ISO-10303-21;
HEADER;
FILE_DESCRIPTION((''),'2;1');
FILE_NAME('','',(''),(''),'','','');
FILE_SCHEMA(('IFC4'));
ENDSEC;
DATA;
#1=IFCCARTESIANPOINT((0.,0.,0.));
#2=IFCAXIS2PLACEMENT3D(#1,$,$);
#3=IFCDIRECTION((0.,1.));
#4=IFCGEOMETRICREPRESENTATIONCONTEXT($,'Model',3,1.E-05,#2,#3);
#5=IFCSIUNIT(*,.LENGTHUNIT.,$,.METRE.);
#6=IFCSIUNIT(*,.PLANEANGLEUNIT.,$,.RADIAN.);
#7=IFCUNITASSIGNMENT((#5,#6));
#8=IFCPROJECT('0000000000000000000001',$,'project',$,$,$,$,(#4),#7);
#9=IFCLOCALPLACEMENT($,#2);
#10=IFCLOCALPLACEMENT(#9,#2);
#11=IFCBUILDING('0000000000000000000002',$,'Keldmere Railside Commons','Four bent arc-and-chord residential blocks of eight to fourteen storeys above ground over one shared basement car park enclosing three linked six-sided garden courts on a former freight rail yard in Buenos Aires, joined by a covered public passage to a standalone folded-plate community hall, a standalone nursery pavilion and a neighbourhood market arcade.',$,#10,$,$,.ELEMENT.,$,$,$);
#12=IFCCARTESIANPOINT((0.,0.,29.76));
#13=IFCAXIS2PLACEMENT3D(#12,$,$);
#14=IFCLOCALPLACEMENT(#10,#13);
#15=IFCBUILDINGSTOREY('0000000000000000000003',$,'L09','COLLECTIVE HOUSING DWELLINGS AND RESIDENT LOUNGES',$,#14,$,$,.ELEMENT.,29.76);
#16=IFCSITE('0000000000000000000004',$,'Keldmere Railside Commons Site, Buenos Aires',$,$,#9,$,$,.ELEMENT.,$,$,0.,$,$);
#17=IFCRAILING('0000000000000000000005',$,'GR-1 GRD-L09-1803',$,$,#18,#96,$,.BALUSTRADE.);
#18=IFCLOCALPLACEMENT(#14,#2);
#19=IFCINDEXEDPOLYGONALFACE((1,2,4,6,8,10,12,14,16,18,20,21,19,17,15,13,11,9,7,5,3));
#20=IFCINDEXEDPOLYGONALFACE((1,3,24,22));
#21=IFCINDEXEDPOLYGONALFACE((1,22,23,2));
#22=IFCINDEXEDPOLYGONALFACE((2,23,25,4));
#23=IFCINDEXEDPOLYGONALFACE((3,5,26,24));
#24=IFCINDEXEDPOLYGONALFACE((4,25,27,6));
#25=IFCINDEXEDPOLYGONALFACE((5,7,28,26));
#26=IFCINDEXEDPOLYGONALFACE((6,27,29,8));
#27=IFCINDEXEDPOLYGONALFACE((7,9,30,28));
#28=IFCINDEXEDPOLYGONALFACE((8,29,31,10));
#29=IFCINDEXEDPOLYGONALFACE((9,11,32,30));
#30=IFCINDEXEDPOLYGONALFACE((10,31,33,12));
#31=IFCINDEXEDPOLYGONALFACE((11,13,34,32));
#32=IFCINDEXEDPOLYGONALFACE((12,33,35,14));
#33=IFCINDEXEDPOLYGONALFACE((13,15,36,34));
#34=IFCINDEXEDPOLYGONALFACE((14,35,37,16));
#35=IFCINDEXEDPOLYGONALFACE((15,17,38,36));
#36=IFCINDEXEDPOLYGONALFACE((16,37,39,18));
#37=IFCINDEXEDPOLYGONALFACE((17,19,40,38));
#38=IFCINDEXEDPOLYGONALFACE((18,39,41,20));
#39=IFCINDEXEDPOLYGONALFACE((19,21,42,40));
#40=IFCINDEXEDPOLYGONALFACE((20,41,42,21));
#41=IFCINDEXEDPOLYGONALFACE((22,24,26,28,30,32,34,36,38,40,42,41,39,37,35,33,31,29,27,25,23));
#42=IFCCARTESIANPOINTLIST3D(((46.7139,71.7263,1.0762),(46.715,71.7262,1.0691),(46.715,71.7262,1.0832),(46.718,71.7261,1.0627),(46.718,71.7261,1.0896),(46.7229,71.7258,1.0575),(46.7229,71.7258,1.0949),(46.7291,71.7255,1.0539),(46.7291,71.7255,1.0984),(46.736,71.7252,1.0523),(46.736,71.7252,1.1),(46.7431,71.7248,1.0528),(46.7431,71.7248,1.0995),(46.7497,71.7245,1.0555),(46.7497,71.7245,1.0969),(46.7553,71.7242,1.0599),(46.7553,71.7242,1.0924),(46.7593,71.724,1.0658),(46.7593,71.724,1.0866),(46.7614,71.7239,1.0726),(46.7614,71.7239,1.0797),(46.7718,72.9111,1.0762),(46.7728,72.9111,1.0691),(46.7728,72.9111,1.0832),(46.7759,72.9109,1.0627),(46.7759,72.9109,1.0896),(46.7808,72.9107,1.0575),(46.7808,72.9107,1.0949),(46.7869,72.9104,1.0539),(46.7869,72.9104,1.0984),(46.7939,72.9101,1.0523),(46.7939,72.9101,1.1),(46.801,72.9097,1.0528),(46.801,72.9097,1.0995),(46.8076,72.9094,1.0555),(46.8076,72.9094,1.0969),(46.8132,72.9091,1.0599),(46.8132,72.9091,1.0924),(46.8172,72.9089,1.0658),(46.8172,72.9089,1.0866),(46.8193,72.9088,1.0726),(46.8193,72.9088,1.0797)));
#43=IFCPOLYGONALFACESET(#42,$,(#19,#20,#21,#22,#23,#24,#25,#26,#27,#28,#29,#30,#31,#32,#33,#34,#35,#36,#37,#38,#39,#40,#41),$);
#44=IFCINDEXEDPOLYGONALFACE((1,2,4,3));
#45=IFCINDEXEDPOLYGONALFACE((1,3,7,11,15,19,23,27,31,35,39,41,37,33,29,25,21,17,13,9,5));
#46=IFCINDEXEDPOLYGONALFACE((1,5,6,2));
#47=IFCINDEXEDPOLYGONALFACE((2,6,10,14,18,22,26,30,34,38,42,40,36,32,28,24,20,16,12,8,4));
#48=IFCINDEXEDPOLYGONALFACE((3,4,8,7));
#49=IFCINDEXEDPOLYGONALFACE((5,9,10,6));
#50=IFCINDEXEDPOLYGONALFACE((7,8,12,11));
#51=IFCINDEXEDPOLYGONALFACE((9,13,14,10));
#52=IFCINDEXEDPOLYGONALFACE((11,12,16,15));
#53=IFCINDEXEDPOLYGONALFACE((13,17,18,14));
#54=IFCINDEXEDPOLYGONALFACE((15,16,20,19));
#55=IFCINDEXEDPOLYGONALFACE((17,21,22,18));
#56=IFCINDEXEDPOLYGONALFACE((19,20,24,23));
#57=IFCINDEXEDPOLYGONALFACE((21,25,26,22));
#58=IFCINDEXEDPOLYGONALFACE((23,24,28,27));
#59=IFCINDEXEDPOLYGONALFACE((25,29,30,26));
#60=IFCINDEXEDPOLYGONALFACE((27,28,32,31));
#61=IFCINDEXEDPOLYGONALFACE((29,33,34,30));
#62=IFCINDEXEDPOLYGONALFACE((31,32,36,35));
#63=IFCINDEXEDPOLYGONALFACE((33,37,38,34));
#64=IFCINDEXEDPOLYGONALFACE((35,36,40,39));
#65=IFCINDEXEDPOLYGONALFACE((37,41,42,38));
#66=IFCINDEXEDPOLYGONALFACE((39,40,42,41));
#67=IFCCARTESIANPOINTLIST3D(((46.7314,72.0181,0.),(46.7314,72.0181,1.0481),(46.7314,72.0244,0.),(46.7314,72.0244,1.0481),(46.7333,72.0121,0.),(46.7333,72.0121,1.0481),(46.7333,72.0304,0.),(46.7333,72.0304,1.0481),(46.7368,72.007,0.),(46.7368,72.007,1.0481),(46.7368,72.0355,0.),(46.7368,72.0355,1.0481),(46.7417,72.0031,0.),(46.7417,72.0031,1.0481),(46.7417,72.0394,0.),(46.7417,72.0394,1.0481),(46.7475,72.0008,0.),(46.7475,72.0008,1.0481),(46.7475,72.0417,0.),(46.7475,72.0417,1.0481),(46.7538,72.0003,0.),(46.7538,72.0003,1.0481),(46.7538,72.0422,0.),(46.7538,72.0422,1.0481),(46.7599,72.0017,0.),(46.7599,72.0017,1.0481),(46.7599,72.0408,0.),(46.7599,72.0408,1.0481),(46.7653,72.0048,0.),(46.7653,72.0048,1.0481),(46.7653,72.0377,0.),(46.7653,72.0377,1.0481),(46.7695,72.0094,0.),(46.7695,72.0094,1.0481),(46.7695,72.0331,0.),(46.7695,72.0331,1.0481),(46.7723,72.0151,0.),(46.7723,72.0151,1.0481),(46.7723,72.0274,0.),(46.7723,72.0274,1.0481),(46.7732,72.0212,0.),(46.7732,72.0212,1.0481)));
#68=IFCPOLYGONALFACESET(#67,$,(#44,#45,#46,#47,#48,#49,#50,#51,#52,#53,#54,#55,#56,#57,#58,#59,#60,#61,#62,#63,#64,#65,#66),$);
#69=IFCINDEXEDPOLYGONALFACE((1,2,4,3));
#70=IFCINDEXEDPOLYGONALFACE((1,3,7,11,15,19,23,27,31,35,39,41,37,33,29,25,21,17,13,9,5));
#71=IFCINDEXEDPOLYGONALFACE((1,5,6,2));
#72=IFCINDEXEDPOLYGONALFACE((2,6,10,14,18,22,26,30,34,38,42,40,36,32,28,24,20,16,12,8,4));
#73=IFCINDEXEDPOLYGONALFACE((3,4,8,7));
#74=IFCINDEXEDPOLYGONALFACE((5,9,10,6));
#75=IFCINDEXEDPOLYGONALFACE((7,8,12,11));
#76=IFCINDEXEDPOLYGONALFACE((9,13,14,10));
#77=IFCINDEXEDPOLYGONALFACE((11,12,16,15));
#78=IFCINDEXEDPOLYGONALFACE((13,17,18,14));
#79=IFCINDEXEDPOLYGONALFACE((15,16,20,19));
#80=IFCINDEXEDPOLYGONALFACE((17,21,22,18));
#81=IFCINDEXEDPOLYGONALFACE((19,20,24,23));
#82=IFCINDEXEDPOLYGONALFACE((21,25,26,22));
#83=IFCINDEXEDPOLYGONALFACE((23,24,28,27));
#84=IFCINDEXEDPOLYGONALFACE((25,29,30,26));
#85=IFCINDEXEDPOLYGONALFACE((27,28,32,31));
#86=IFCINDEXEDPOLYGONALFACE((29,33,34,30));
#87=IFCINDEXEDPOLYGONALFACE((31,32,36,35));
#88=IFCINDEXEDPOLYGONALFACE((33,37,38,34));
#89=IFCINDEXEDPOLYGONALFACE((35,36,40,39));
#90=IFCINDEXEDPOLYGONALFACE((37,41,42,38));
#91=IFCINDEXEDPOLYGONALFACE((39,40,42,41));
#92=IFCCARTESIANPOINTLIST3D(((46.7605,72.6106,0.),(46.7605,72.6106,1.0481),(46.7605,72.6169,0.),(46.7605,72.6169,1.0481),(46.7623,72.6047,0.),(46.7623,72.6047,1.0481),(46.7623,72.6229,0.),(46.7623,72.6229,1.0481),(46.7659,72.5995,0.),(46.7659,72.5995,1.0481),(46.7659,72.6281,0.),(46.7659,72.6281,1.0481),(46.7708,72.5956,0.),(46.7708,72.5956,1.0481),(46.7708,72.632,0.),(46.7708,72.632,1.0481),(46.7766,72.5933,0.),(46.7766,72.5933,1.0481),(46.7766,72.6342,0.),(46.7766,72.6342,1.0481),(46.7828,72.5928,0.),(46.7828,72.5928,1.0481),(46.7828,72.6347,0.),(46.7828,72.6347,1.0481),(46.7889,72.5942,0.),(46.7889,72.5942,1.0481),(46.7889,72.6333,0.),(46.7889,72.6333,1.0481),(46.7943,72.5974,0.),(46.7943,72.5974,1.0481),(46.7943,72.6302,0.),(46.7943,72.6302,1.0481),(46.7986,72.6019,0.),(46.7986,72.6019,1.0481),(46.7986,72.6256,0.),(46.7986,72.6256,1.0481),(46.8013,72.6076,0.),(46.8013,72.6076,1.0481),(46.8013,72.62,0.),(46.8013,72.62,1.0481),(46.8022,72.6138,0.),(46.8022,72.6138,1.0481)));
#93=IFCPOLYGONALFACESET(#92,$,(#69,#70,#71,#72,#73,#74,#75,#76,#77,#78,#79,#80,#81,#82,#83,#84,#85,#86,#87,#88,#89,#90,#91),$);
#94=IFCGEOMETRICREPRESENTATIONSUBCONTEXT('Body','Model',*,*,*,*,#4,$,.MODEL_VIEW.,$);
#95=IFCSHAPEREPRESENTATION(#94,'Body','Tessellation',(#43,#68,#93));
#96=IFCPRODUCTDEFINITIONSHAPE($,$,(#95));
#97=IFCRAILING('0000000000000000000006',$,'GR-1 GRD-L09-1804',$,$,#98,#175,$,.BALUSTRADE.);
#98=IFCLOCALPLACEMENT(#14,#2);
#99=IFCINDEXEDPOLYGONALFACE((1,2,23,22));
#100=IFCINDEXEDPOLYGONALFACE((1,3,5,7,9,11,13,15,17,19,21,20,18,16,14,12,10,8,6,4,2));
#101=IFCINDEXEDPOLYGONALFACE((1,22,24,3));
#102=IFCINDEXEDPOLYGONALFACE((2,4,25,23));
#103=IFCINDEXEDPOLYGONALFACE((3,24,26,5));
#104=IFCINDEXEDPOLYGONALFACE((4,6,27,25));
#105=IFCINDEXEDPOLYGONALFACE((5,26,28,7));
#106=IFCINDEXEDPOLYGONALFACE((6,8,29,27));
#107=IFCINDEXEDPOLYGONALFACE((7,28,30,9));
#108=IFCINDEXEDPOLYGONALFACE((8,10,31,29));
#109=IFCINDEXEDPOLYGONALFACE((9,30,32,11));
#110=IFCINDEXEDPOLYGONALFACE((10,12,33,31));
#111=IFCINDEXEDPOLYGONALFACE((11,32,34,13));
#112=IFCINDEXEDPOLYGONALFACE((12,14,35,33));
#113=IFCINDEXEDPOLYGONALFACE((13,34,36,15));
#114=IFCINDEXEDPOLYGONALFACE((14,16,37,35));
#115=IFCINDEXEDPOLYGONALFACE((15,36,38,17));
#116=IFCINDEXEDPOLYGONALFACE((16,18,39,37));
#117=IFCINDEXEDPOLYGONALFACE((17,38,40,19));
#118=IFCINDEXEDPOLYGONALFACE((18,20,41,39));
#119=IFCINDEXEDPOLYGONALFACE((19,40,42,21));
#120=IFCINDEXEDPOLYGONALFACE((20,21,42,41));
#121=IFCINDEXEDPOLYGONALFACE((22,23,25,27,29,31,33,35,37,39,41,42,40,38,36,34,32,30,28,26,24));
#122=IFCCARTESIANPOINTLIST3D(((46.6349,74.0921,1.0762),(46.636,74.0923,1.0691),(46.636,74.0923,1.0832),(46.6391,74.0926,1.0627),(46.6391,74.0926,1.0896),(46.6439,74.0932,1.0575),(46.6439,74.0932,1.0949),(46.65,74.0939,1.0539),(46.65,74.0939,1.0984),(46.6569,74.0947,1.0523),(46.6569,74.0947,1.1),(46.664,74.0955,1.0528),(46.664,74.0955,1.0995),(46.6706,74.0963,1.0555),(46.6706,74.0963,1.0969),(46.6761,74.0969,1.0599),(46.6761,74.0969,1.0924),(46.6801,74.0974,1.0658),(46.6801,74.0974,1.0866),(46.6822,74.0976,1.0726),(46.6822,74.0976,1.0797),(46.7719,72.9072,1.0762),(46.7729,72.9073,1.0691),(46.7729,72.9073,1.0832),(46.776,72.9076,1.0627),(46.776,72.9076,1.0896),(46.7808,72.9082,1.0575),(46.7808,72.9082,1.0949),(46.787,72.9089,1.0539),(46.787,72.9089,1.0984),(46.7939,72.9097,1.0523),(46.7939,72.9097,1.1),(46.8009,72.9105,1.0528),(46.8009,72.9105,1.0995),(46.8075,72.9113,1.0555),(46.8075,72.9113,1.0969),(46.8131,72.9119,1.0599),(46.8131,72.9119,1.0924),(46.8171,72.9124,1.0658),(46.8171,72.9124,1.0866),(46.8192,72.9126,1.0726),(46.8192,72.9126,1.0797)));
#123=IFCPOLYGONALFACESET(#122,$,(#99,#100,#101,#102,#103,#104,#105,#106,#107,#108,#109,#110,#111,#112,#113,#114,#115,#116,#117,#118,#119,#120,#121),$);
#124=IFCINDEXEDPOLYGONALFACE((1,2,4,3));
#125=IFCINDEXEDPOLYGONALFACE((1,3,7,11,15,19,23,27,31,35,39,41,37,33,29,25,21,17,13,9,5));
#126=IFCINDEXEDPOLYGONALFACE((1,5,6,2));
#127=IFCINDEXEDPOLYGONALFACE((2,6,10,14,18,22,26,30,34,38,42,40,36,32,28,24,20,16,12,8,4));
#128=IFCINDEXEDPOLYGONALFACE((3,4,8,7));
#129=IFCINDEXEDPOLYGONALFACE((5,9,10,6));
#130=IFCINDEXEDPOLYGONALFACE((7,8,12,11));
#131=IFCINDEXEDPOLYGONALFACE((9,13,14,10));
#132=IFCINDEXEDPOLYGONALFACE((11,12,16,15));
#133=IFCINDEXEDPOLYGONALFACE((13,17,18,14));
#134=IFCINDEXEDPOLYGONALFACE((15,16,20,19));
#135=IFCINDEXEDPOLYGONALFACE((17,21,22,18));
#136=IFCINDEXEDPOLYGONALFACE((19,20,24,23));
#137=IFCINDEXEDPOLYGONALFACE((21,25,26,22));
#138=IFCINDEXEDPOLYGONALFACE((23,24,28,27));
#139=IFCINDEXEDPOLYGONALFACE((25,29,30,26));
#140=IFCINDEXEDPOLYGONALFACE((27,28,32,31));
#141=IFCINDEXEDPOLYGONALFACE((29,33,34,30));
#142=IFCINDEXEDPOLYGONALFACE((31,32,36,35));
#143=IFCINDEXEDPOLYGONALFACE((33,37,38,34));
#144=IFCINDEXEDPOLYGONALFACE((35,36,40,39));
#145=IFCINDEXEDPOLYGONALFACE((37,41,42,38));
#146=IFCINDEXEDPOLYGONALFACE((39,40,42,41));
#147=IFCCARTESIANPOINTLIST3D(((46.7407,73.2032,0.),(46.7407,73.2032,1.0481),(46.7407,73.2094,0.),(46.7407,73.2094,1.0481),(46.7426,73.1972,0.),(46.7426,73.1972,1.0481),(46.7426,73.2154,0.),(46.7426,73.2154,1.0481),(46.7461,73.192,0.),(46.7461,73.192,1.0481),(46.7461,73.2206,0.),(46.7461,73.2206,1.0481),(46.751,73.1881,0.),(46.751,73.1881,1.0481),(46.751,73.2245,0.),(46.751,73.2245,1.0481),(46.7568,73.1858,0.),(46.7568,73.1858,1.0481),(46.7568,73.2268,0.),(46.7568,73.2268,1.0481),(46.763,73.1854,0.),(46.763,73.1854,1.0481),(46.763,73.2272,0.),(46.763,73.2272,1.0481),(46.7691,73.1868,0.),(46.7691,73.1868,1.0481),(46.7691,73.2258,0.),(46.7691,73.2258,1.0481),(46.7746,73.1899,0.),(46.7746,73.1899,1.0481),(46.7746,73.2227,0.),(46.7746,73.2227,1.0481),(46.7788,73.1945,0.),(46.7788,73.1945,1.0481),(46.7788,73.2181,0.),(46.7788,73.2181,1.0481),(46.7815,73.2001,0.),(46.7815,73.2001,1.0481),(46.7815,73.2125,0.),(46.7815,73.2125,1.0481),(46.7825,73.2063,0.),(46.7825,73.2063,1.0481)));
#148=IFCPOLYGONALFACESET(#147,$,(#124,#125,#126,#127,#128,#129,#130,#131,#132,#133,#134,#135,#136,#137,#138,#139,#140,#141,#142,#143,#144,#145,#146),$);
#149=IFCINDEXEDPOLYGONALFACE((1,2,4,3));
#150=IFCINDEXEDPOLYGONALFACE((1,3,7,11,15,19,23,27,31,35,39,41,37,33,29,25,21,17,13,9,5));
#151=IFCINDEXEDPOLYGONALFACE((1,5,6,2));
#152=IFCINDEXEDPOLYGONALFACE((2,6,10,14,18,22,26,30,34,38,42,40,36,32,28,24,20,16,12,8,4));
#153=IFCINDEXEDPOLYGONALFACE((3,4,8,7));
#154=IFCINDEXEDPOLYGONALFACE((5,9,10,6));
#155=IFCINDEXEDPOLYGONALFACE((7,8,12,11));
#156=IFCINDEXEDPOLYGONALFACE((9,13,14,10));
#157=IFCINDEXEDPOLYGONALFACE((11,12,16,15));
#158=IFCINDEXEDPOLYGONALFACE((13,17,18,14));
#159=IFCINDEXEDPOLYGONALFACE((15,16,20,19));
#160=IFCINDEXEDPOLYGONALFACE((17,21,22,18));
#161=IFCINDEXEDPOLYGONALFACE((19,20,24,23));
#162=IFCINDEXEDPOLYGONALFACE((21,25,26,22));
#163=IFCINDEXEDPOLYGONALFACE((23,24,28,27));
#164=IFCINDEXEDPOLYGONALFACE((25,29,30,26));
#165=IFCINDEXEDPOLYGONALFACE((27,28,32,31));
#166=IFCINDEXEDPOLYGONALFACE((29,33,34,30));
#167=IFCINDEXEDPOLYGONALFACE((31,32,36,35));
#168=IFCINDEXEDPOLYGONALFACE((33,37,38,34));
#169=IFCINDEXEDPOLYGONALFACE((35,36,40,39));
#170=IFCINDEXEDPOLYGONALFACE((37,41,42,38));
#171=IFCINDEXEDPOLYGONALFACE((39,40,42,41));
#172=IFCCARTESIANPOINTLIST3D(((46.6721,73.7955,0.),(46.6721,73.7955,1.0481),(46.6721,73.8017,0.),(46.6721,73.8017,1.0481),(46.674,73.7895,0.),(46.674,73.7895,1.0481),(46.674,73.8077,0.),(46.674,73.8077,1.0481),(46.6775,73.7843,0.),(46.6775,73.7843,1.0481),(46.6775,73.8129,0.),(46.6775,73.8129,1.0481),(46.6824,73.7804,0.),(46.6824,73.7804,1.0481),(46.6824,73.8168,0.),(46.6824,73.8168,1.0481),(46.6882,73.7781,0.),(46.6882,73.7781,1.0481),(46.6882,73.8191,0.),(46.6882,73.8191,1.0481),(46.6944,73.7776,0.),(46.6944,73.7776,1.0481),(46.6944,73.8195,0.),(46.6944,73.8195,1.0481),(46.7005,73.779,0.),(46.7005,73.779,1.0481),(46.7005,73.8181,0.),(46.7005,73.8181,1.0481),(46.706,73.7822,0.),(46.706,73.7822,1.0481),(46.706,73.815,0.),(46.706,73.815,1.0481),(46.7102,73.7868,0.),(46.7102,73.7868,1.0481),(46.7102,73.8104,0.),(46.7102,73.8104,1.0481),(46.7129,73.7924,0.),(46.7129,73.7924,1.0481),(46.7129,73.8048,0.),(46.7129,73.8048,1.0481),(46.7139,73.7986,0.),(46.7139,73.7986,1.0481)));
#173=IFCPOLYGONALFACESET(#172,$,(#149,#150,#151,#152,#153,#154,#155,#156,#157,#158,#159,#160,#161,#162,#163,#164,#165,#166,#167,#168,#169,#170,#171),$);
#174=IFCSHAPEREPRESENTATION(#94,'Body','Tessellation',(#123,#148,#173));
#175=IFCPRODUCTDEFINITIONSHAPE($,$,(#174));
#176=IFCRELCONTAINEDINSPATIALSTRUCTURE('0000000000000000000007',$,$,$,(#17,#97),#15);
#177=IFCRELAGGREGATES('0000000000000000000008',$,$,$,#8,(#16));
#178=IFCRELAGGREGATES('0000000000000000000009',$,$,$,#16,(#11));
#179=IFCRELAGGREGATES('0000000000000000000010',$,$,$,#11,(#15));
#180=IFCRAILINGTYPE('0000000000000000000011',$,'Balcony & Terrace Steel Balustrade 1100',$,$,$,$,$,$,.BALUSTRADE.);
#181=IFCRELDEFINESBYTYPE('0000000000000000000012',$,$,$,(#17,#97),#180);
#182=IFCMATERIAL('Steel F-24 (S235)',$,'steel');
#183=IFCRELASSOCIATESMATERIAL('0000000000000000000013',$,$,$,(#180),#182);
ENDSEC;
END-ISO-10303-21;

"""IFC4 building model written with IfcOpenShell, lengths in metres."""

from ifc_helpers import new_model, si_unit, direction, frame, origin, origin_2d, place, context, subcontext, project, spatial, circle, extrude, material, type_object, element, save


model = new_model("IFC4")

# Units and contexts
model_context = context("Model", 3, precision=1e-05, world=origin(), true_north=direction((0.0, 1.0)))
body_context = subcontext(model_context, "Body", "Model", "MODEL_VIEW")
ifc_project = project(units=[si_unit("LENGTHUNIT", "METRE"), si_unit("PLANEANGLEUNIT", "RADIAN")], contexts=[model_context])

# Site, building, storey
site_placement = place(None, origin())
site = spatial("IfcSite", under=ifc_project, at=site_placement, Name="Keldmere Railside Commons Site, Buenos Aires", CompositionType="ELEMENT", RefElevation=0.0)
building_placement = place(site_placement, origin())
building = spatial("IfcBuilding", under=site, at=building_placement, Name="Keldmere Railside Commons", Description="Four bent arc-and-chord residential blocks of eight to fourteen storeys above ground over one shared basement car park enclosing three linked six-sided garden courts on a former freight rail yard in Buenos Aires, joined by a covered public passage to a standalone folded-plate community hall, a standalone nursery pavilion and a neighbourhood market arcade.", CompositionType="ELEMENT")
storey_placement = place(building_placement, frame((0.0, 0.0, 29.76)))
storey = spatial("IfcBuildingStorey", under=building, at=storey_placement, Name="L09", Description="COLLECTIVE HOUSING DWELLINGS AND RESIDENT LOUNGES", CompositionType="ELEMENT", Elevation=29.76)

# Railings
ifc_material_1 = material(Name="Steel F-24 (S235)", Category="steel")
railing_type_1 = type_object("IfcRailingType", Name="Balcony & Terrace Steel Balustrade 1100", PredefinedType="BALUSTRADE", material=ifc_material_1)
railing_1_placement = place(storey_placement, frame((46.7378, 71.7251, 0.0)))
element("IfcRailing", 1, at=railing_1_placement, inside=storey, type_object=railing_type_1, Name="GR-1 GRD-L09-1803", PredefinedType="BALUSTRADE", context=body_context, shape_type="SweptSolid", body=[
    extrude(circle(Radius=0.0239, at=origin_2d()), frame((0.0, 0.0, 1.0762), z_axis=(0.048778, 0.99881, 0.0), x_axis=(-0.99881, 0.048778, 0.0)), (0.0, 0.0, 1.0), 1.1863),
    extrude(circle(Radius=0.021, at=origin_2d()), frame((0.0144, 0.2961, 0.0)), (0.0, 0.0, 1.0), 1.0481),
    extrude(circle(Radius=0.021, at=origin_2d()), frame((0.0435, 0.8887, 0.0)), (0.0, 0.0, 1.0), 1.0481),
])
railing_2_placement = place(storey_placement, frame((46.7957, 72.9099, 0.0)))
element("IfcRailing", 2, at=railing_2_placement, inside=storey, type_object=railing_type_1, Name="GR-1 GRD-L09-1804", PredefinedType="BALUSTRADE", context=body_context, shape_type="SweptSolid", body=[
    extrude(circle(Radius=0.0239, at=origin_2d()), frame((0.0, 0.0, 1.0762), z_axis=(-0.114811, 0.993387, 0.0), x_axis=(-0.993387, -0.114811, 0.0)), (0.0, 0.0, 1.0), 1.1929),
    extrude(circle(Radius=0.021, at=origin_2d()), frame((-0.0342, 0.2964, 0.0)), (0.0, 0.0, 1.0), 1.0481),
    extrude(circle(Radius=0.021, at=origin_2d()), frame((-0.1028, 0.8887, 0.0)), (0.0, 0.0, 1.0), 1.0481),
])

save(model, "model.ifc")
